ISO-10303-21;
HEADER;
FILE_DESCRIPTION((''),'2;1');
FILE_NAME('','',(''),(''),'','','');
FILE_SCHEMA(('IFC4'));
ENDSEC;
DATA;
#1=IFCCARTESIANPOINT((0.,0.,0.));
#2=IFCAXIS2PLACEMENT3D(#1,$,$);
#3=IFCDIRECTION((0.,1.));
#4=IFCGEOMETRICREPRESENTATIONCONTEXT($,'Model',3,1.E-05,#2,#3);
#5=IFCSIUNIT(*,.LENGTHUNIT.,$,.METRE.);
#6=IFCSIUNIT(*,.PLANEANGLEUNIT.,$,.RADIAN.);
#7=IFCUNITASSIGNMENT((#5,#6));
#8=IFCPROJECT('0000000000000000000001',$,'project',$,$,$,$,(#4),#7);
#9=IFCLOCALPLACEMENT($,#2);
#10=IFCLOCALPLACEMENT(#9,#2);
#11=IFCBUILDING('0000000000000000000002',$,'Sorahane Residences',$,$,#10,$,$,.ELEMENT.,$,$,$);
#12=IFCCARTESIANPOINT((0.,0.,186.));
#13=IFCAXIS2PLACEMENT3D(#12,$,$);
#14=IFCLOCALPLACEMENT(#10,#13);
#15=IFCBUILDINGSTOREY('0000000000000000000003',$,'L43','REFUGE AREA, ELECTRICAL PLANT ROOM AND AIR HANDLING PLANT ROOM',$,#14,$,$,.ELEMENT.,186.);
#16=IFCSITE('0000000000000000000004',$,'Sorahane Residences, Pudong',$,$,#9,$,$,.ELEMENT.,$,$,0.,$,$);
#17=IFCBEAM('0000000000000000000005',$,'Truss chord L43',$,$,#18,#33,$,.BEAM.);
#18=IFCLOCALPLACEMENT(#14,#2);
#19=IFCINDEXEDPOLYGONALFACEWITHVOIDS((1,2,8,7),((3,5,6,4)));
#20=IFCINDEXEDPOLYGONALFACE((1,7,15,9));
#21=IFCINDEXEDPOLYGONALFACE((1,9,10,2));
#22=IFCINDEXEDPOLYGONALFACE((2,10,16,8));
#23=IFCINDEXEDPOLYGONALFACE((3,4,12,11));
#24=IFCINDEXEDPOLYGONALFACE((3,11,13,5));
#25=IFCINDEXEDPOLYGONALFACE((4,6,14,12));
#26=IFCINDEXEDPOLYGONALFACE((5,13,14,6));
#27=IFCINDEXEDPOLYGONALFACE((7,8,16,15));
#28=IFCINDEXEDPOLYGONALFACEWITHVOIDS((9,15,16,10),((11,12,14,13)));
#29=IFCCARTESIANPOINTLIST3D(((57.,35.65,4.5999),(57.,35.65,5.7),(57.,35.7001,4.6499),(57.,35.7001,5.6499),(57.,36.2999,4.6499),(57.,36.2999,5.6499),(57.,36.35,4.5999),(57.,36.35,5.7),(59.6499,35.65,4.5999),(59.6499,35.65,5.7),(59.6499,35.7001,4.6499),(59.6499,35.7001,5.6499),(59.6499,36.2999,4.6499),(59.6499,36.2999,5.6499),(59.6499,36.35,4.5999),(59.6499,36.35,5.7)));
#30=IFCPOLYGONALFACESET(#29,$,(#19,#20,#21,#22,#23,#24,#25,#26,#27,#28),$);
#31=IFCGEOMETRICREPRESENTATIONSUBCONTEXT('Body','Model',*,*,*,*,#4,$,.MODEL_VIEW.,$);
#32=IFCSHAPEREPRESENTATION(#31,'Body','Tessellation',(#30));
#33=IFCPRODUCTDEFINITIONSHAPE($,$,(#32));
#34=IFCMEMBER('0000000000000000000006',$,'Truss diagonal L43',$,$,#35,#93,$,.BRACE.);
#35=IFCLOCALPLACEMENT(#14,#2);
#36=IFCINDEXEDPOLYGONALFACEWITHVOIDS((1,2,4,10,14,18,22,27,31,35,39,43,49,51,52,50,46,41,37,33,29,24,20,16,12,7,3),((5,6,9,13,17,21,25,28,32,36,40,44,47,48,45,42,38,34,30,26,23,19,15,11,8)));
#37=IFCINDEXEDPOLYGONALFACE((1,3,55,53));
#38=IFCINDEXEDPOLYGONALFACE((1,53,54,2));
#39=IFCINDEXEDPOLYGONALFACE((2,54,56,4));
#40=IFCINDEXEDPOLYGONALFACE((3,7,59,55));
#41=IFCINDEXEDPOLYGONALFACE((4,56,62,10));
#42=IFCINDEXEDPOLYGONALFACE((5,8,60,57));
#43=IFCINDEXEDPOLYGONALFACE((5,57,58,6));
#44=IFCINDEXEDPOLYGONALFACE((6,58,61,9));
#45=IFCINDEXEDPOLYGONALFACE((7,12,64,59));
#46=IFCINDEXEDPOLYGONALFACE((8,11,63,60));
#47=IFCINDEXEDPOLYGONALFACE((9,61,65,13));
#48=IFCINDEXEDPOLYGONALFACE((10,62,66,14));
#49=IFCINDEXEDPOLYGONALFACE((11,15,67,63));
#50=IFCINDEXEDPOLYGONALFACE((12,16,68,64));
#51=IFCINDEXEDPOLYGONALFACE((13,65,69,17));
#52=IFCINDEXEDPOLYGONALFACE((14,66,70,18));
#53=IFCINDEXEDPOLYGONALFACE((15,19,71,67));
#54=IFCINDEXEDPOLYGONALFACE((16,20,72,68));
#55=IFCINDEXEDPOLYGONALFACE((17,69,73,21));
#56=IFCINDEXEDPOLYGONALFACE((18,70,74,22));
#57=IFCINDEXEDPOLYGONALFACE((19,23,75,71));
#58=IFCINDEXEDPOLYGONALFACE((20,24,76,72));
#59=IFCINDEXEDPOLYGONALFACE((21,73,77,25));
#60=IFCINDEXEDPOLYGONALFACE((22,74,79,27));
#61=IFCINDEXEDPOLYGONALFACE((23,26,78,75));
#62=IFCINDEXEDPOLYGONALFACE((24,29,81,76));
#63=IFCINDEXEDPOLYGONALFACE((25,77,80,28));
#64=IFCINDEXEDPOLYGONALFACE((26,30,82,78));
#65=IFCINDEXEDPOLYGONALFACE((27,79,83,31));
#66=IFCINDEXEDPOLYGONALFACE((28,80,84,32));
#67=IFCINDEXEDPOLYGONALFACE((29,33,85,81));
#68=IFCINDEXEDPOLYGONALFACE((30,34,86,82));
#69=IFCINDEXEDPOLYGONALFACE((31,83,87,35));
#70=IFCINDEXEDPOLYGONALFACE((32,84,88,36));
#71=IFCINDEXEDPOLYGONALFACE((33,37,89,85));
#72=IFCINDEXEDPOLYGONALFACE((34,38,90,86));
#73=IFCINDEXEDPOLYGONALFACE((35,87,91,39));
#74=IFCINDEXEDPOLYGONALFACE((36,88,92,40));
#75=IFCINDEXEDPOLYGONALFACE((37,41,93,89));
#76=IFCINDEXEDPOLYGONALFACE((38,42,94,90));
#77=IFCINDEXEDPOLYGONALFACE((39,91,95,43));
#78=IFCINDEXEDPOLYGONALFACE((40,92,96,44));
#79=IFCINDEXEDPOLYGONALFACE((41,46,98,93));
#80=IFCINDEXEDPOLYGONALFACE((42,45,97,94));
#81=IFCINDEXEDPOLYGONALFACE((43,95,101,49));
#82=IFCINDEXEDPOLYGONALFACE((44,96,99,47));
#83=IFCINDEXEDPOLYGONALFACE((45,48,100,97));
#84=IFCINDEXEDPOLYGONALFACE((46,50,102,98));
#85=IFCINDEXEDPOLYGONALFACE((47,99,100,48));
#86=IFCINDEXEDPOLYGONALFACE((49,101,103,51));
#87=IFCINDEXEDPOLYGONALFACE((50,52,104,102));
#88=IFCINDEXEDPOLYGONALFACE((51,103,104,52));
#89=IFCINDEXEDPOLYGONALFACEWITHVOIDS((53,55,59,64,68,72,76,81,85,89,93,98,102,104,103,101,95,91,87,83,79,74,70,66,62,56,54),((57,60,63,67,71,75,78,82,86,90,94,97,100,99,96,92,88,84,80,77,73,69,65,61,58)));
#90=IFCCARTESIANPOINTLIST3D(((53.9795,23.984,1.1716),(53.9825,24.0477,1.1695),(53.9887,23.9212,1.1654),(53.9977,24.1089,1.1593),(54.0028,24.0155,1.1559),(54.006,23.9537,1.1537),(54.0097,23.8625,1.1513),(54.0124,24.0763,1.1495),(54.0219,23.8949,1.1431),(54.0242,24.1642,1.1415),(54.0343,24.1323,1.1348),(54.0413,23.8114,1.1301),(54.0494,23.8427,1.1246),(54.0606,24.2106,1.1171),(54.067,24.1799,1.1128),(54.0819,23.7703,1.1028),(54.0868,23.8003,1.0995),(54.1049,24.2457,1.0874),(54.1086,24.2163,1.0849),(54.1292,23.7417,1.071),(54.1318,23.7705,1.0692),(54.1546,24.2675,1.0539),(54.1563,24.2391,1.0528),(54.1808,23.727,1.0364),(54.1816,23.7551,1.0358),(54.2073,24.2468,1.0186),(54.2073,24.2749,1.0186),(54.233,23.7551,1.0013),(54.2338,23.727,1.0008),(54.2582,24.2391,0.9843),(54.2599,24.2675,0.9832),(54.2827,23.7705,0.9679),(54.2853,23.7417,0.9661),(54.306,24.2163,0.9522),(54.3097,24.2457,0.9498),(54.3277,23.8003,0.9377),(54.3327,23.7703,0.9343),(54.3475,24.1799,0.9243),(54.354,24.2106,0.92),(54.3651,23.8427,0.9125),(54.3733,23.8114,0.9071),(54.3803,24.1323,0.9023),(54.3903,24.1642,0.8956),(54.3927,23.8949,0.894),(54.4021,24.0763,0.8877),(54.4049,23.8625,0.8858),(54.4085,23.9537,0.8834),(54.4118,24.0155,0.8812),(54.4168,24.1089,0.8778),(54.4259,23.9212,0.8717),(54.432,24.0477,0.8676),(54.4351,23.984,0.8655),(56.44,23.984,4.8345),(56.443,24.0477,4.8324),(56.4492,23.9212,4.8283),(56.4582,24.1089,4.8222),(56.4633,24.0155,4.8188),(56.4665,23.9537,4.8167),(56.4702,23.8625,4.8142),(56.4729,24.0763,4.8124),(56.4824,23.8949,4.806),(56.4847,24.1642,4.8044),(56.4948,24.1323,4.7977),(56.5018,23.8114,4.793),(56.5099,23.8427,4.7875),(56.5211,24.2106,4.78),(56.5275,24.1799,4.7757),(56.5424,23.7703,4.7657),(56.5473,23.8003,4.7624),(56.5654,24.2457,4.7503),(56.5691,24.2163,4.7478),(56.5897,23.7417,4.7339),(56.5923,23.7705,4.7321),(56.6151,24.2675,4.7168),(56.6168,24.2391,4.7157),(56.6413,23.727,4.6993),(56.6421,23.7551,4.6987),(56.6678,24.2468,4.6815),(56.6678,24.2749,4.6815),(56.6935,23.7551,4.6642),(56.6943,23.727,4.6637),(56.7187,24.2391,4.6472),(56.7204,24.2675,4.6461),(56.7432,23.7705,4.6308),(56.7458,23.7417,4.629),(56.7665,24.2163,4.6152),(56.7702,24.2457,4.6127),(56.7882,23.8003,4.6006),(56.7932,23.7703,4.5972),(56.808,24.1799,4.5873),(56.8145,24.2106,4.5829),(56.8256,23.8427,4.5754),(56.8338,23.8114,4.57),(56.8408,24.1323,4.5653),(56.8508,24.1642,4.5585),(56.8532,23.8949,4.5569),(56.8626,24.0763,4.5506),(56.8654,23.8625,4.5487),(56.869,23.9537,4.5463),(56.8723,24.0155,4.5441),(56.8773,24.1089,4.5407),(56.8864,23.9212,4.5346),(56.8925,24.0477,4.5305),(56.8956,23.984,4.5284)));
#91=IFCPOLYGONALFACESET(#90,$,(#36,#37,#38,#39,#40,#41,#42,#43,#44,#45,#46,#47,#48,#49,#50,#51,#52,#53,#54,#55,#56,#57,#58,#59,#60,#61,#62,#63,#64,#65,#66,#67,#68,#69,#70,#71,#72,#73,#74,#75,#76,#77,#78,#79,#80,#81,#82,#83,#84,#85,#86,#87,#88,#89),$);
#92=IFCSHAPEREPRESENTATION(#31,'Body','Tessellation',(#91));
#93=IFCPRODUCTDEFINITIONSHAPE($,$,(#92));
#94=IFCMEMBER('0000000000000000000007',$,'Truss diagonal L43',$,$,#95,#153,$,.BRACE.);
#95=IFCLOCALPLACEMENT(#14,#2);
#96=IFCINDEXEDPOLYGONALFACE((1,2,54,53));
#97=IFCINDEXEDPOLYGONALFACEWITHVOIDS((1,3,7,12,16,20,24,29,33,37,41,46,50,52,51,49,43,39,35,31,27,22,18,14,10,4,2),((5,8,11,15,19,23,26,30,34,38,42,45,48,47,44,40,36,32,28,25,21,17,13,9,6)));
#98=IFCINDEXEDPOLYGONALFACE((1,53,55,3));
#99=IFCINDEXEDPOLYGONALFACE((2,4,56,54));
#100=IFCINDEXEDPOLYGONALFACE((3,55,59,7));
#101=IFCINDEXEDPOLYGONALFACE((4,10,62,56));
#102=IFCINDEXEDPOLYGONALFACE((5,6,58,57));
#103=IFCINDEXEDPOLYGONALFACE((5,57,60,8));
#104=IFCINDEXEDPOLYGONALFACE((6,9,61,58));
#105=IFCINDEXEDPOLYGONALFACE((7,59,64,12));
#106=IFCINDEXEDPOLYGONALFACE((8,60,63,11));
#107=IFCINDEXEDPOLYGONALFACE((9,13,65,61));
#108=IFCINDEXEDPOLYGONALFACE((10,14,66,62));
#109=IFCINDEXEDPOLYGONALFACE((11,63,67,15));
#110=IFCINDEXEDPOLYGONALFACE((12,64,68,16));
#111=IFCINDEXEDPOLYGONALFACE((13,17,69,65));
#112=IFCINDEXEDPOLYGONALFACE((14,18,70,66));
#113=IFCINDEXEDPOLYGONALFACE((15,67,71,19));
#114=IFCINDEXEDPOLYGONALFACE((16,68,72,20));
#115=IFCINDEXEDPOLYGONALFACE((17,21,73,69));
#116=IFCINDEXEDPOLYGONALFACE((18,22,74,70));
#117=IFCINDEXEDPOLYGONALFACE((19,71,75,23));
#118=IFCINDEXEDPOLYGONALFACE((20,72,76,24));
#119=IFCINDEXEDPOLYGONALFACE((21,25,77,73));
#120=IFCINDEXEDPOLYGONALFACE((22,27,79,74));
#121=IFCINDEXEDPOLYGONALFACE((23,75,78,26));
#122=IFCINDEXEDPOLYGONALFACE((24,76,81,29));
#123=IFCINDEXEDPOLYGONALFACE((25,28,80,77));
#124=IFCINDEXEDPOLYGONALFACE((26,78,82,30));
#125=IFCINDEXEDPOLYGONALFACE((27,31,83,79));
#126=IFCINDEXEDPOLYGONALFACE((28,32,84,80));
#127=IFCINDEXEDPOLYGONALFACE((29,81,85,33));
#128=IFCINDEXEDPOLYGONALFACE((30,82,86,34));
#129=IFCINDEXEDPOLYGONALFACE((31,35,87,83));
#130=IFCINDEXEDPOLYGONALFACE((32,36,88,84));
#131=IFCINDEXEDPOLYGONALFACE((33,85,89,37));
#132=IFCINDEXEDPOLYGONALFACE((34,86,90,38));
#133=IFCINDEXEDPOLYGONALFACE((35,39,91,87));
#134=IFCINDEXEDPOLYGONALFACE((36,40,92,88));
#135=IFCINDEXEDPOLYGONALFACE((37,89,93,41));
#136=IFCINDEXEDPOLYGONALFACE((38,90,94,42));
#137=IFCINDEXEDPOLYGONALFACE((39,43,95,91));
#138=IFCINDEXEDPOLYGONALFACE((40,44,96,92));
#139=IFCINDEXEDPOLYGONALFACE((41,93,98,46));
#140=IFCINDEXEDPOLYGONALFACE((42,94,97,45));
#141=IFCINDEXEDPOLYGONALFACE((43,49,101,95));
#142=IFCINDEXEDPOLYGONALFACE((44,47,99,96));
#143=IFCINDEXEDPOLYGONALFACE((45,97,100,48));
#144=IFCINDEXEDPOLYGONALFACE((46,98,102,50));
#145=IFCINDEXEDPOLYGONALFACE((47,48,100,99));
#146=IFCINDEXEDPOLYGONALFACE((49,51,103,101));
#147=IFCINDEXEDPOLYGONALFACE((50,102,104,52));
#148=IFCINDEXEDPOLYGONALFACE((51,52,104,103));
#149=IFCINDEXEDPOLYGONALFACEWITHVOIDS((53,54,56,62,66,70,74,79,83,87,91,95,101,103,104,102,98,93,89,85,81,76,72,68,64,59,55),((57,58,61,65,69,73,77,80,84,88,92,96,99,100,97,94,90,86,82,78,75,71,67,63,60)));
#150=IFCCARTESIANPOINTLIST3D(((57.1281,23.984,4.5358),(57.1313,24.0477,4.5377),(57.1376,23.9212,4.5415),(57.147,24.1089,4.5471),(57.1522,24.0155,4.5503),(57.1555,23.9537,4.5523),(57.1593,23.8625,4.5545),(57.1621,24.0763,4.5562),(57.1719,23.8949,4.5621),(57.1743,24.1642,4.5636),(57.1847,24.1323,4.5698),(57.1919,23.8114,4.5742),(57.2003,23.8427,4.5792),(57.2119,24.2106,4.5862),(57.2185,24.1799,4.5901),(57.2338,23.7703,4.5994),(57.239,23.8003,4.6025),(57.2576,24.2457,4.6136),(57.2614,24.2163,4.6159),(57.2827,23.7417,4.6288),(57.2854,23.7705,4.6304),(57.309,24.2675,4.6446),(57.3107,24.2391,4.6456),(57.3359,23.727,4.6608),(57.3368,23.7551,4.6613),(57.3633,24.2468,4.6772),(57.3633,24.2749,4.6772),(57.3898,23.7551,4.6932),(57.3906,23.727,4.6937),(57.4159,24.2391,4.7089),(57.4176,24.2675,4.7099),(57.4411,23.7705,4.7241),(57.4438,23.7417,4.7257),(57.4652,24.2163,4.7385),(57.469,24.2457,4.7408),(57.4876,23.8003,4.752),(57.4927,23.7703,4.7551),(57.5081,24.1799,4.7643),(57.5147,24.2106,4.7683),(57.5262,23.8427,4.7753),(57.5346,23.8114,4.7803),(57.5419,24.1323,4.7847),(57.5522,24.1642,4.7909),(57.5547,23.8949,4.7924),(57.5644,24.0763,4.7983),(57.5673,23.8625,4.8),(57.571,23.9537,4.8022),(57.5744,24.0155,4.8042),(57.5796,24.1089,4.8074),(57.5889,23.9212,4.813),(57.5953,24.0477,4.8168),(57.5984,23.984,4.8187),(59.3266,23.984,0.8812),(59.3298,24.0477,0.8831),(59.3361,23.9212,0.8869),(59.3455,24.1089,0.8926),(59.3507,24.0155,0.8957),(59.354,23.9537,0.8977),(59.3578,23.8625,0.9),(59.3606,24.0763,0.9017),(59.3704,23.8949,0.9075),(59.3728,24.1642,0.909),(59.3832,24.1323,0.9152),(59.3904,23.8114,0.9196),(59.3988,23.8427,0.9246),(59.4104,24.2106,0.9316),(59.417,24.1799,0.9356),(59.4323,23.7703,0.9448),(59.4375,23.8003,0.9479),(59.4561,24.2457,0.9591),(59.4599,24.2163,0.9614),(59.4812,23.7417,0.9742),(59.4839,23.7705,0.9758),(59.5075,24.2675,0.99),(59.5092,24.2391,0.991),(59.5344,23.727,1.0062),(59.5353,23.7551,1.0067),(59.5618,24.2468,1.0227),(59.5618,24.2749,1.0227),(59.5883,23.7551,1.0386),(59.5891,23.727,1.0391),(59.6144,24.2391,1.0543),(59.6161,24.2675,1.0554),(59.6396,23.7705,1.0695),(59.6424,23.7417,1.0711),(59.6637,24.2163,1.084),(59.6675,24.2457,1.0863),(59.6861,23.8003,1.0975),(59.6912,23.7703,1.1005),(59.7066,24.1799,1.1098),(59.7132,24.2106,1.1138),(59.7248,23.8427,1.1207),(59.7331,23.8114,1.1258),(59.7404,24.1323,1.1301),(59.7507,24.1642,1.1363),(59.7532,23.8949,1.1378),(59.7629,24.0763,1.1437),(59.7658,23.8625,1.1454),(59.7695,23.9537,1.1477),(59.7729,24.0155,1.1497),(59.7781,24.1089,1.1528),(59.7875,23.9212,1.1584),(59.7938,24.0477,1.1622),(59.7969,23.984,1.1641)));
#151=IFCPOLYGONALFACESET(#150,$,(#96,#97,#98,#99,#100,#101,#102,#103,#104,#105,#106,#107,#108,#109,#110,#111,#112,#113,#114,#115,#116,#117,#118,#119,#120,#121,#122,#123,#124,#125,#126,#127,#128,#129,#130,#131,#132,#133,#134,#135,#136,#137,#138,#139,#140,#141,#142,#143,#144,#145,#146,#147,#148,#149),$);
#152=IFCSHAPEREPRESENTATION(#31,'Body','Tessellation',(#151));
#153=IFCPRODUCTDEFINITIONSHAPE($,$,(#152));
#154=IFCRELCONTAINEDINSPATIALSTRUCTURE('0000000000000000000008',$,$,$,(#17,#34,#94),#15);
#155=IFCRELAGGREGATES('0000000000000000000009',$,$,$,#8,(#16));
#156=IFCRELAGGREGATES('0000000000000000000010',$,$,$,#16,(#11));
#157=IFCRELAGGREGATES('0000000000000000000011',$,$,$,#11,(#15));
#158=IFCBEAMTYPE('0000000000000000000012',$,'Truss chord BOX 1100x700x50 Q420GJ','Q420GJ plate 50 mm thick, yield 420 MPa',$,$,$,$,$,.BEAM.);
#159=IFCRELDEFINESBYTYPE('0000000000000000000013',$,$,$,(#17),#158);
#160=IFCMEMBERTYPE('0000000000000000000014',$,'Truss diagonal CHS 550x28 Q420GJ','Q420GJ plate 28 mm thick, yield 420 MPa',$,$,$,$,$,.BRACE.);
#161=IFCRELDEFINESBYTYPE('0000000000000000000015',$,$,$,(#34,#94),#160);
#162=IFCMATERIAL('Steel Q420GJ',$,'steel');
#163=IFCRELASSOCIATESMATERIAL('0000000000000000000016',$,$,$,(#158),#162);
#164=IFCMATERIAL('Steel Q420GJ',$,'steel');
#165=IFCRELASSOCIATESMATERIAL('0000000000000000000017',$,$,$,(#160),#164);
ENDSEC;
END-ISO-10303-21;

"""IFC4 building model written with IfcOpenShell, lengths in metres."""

from ifc_helpers import new_model, si_unit, direction, frame, origin, origin_2d, place, context, subcontext, project, spatial, hollow_rectangle, hollow_circle, extrude, material, material_profile, profile_set, type_object, element, save


model = new_model("IFC4")

# Units and contexts
model_context = context("Model", 3, precision=1e-05, world=origin(), true_north=direction((0.0, 1.0)))
body_context = subcontext(model_context, "Body", "Model", "MODEL_VIEW")
ifc_project = project(units=[si_unit("LENGTHUNIT", "METRE"), si_unit("PLANEANGLEUNIT", "RADIAN")], contexts=[model_context])

# Site, building, storey
site_placement = place(None, origin())
site = spatial("IfcSite", under=ifc_project, at=site_placement, Name="Sorahane Residences, Pudong", CompositionType="ELEMENT", RefElevation=0.0)
building_placement = place(site_placement, origin())
building = spatial("IfcBuilding", under=site, at=building_placement, Name="Sorahane Residences", CompositionType="ELEMENT")
storey_placement = place(building_placement, frame((0.0, 0.0, 186.0)))
storey = spatial("IfcBuildingStorey", under=building, at=storey_placement, Name="L43", Description="REFUGE AREA, ELECTRICAL PLANT ROOM AND AIR HANDLING PLANT ROOM", CompositionType="ELEMENT", Elevation=186.0)

# Beam
ifc_material_1 = material(Name="Steel Q420GJ", Category="steel")
ifc_material_profile_1 = material_profile(ifc_material_1, hollow_rectangle(XDim=0.7, YDim=1.1001, WallThickness=0.05, at=origin_2d()), Name="BOX 1100x700x50")
ifc_profile_set_1 = profile_set([ifc_material_profile_1], Name="Steel Q420GJ")
beam_type_1 = type_object("IfcBeamType", Name="Truss chord BOX 1100x700x50 Q420GJ", Description="Q420GJ plate 50 mm thick, yield 420 MPa", PredefinedType="BEAM", material=ifc_profile_set_1)
beam_1_placement = place(storey_placement, frame((57.0, 36.0, 5.1499), z_axis=(1.0, 0.0, 0.0), x_axis=(0.0, 1.0, 0.0)))
element("IfcBeam", 1, at=beam_1_placement, inside=storey, type_object=beam_type_1, Name="Truss chord L43", PredefinedType="BEAM", context=body_context, shape_type="SweptSolid", body=[
    extrude(hollow_rectangle(XDim=0.7, YDim=1.1001, WallThickness=0.05, at=origin_2d()), origin(), (0.0, 0.0, 1.0), 2.6499),
])

# Members
ifc_material_2 = material(Name="Steel Q420GJ", Category="steel")
ifc_material_profile_2 = material_profile(ifc_material_2, hollow_circle(Radius=0.2749, WallThickness=0.0281, at=origin_2d()), Name="CHS 550x28")
ifc_profile_set_2 = profile_set([ifc_material_profile_2], Name="Steel Q420GJ")
member_type = type_object("IfcMemberType", Name="Truss diagonal CHS 550x28 Q420GJ", Description="Q420GJ plate 28 mm thick, yield 420 MPa", PredefinedType="BRACE", material=ifc_profile_set_2)
member_1_placement = place(storey_placement, frame((54.2073, 24.0, 1.0186), z_axis=(0.557608, 0.0, 0.830104), x_axis=(0.0, 1.0, 0.0)))
element("IfcMember", 2, at=member_1_placement, inside=storey, type_object=member_type, Name="Truss diagonal L43", PredefinedType="BRACE", context=body_context, shape_type="SweptSolid", body=[
    extrude(hollow_circle(Radius=0.2749, WallThickness=0.0281, at=origin_2d()), origin(), (0.0, 0.0, 1.0), 4.4126),
])
member_2_placement = place(storey_placement, frame((57.3633, 24.0, 4.6772), z_axis=(0.515489, 0.0, -0.856896), x_axis=(0.0, 1.0, 0.0)))
element("IfcMember", 3, at=member_2_placement, inside=storey, type_object=member_type, Name="Truss diagonal L43", PredefinedType="BRACE", context=body_context, shape_type="SweptSolid", body=[
    extrude(hollow_circle(Radius=0.2749, WallThickness=0.0281, at=origin_2d()), origin(), (0.0, 0.0, 1.0), 4.2649),
])

save(model, "model.ifc")
